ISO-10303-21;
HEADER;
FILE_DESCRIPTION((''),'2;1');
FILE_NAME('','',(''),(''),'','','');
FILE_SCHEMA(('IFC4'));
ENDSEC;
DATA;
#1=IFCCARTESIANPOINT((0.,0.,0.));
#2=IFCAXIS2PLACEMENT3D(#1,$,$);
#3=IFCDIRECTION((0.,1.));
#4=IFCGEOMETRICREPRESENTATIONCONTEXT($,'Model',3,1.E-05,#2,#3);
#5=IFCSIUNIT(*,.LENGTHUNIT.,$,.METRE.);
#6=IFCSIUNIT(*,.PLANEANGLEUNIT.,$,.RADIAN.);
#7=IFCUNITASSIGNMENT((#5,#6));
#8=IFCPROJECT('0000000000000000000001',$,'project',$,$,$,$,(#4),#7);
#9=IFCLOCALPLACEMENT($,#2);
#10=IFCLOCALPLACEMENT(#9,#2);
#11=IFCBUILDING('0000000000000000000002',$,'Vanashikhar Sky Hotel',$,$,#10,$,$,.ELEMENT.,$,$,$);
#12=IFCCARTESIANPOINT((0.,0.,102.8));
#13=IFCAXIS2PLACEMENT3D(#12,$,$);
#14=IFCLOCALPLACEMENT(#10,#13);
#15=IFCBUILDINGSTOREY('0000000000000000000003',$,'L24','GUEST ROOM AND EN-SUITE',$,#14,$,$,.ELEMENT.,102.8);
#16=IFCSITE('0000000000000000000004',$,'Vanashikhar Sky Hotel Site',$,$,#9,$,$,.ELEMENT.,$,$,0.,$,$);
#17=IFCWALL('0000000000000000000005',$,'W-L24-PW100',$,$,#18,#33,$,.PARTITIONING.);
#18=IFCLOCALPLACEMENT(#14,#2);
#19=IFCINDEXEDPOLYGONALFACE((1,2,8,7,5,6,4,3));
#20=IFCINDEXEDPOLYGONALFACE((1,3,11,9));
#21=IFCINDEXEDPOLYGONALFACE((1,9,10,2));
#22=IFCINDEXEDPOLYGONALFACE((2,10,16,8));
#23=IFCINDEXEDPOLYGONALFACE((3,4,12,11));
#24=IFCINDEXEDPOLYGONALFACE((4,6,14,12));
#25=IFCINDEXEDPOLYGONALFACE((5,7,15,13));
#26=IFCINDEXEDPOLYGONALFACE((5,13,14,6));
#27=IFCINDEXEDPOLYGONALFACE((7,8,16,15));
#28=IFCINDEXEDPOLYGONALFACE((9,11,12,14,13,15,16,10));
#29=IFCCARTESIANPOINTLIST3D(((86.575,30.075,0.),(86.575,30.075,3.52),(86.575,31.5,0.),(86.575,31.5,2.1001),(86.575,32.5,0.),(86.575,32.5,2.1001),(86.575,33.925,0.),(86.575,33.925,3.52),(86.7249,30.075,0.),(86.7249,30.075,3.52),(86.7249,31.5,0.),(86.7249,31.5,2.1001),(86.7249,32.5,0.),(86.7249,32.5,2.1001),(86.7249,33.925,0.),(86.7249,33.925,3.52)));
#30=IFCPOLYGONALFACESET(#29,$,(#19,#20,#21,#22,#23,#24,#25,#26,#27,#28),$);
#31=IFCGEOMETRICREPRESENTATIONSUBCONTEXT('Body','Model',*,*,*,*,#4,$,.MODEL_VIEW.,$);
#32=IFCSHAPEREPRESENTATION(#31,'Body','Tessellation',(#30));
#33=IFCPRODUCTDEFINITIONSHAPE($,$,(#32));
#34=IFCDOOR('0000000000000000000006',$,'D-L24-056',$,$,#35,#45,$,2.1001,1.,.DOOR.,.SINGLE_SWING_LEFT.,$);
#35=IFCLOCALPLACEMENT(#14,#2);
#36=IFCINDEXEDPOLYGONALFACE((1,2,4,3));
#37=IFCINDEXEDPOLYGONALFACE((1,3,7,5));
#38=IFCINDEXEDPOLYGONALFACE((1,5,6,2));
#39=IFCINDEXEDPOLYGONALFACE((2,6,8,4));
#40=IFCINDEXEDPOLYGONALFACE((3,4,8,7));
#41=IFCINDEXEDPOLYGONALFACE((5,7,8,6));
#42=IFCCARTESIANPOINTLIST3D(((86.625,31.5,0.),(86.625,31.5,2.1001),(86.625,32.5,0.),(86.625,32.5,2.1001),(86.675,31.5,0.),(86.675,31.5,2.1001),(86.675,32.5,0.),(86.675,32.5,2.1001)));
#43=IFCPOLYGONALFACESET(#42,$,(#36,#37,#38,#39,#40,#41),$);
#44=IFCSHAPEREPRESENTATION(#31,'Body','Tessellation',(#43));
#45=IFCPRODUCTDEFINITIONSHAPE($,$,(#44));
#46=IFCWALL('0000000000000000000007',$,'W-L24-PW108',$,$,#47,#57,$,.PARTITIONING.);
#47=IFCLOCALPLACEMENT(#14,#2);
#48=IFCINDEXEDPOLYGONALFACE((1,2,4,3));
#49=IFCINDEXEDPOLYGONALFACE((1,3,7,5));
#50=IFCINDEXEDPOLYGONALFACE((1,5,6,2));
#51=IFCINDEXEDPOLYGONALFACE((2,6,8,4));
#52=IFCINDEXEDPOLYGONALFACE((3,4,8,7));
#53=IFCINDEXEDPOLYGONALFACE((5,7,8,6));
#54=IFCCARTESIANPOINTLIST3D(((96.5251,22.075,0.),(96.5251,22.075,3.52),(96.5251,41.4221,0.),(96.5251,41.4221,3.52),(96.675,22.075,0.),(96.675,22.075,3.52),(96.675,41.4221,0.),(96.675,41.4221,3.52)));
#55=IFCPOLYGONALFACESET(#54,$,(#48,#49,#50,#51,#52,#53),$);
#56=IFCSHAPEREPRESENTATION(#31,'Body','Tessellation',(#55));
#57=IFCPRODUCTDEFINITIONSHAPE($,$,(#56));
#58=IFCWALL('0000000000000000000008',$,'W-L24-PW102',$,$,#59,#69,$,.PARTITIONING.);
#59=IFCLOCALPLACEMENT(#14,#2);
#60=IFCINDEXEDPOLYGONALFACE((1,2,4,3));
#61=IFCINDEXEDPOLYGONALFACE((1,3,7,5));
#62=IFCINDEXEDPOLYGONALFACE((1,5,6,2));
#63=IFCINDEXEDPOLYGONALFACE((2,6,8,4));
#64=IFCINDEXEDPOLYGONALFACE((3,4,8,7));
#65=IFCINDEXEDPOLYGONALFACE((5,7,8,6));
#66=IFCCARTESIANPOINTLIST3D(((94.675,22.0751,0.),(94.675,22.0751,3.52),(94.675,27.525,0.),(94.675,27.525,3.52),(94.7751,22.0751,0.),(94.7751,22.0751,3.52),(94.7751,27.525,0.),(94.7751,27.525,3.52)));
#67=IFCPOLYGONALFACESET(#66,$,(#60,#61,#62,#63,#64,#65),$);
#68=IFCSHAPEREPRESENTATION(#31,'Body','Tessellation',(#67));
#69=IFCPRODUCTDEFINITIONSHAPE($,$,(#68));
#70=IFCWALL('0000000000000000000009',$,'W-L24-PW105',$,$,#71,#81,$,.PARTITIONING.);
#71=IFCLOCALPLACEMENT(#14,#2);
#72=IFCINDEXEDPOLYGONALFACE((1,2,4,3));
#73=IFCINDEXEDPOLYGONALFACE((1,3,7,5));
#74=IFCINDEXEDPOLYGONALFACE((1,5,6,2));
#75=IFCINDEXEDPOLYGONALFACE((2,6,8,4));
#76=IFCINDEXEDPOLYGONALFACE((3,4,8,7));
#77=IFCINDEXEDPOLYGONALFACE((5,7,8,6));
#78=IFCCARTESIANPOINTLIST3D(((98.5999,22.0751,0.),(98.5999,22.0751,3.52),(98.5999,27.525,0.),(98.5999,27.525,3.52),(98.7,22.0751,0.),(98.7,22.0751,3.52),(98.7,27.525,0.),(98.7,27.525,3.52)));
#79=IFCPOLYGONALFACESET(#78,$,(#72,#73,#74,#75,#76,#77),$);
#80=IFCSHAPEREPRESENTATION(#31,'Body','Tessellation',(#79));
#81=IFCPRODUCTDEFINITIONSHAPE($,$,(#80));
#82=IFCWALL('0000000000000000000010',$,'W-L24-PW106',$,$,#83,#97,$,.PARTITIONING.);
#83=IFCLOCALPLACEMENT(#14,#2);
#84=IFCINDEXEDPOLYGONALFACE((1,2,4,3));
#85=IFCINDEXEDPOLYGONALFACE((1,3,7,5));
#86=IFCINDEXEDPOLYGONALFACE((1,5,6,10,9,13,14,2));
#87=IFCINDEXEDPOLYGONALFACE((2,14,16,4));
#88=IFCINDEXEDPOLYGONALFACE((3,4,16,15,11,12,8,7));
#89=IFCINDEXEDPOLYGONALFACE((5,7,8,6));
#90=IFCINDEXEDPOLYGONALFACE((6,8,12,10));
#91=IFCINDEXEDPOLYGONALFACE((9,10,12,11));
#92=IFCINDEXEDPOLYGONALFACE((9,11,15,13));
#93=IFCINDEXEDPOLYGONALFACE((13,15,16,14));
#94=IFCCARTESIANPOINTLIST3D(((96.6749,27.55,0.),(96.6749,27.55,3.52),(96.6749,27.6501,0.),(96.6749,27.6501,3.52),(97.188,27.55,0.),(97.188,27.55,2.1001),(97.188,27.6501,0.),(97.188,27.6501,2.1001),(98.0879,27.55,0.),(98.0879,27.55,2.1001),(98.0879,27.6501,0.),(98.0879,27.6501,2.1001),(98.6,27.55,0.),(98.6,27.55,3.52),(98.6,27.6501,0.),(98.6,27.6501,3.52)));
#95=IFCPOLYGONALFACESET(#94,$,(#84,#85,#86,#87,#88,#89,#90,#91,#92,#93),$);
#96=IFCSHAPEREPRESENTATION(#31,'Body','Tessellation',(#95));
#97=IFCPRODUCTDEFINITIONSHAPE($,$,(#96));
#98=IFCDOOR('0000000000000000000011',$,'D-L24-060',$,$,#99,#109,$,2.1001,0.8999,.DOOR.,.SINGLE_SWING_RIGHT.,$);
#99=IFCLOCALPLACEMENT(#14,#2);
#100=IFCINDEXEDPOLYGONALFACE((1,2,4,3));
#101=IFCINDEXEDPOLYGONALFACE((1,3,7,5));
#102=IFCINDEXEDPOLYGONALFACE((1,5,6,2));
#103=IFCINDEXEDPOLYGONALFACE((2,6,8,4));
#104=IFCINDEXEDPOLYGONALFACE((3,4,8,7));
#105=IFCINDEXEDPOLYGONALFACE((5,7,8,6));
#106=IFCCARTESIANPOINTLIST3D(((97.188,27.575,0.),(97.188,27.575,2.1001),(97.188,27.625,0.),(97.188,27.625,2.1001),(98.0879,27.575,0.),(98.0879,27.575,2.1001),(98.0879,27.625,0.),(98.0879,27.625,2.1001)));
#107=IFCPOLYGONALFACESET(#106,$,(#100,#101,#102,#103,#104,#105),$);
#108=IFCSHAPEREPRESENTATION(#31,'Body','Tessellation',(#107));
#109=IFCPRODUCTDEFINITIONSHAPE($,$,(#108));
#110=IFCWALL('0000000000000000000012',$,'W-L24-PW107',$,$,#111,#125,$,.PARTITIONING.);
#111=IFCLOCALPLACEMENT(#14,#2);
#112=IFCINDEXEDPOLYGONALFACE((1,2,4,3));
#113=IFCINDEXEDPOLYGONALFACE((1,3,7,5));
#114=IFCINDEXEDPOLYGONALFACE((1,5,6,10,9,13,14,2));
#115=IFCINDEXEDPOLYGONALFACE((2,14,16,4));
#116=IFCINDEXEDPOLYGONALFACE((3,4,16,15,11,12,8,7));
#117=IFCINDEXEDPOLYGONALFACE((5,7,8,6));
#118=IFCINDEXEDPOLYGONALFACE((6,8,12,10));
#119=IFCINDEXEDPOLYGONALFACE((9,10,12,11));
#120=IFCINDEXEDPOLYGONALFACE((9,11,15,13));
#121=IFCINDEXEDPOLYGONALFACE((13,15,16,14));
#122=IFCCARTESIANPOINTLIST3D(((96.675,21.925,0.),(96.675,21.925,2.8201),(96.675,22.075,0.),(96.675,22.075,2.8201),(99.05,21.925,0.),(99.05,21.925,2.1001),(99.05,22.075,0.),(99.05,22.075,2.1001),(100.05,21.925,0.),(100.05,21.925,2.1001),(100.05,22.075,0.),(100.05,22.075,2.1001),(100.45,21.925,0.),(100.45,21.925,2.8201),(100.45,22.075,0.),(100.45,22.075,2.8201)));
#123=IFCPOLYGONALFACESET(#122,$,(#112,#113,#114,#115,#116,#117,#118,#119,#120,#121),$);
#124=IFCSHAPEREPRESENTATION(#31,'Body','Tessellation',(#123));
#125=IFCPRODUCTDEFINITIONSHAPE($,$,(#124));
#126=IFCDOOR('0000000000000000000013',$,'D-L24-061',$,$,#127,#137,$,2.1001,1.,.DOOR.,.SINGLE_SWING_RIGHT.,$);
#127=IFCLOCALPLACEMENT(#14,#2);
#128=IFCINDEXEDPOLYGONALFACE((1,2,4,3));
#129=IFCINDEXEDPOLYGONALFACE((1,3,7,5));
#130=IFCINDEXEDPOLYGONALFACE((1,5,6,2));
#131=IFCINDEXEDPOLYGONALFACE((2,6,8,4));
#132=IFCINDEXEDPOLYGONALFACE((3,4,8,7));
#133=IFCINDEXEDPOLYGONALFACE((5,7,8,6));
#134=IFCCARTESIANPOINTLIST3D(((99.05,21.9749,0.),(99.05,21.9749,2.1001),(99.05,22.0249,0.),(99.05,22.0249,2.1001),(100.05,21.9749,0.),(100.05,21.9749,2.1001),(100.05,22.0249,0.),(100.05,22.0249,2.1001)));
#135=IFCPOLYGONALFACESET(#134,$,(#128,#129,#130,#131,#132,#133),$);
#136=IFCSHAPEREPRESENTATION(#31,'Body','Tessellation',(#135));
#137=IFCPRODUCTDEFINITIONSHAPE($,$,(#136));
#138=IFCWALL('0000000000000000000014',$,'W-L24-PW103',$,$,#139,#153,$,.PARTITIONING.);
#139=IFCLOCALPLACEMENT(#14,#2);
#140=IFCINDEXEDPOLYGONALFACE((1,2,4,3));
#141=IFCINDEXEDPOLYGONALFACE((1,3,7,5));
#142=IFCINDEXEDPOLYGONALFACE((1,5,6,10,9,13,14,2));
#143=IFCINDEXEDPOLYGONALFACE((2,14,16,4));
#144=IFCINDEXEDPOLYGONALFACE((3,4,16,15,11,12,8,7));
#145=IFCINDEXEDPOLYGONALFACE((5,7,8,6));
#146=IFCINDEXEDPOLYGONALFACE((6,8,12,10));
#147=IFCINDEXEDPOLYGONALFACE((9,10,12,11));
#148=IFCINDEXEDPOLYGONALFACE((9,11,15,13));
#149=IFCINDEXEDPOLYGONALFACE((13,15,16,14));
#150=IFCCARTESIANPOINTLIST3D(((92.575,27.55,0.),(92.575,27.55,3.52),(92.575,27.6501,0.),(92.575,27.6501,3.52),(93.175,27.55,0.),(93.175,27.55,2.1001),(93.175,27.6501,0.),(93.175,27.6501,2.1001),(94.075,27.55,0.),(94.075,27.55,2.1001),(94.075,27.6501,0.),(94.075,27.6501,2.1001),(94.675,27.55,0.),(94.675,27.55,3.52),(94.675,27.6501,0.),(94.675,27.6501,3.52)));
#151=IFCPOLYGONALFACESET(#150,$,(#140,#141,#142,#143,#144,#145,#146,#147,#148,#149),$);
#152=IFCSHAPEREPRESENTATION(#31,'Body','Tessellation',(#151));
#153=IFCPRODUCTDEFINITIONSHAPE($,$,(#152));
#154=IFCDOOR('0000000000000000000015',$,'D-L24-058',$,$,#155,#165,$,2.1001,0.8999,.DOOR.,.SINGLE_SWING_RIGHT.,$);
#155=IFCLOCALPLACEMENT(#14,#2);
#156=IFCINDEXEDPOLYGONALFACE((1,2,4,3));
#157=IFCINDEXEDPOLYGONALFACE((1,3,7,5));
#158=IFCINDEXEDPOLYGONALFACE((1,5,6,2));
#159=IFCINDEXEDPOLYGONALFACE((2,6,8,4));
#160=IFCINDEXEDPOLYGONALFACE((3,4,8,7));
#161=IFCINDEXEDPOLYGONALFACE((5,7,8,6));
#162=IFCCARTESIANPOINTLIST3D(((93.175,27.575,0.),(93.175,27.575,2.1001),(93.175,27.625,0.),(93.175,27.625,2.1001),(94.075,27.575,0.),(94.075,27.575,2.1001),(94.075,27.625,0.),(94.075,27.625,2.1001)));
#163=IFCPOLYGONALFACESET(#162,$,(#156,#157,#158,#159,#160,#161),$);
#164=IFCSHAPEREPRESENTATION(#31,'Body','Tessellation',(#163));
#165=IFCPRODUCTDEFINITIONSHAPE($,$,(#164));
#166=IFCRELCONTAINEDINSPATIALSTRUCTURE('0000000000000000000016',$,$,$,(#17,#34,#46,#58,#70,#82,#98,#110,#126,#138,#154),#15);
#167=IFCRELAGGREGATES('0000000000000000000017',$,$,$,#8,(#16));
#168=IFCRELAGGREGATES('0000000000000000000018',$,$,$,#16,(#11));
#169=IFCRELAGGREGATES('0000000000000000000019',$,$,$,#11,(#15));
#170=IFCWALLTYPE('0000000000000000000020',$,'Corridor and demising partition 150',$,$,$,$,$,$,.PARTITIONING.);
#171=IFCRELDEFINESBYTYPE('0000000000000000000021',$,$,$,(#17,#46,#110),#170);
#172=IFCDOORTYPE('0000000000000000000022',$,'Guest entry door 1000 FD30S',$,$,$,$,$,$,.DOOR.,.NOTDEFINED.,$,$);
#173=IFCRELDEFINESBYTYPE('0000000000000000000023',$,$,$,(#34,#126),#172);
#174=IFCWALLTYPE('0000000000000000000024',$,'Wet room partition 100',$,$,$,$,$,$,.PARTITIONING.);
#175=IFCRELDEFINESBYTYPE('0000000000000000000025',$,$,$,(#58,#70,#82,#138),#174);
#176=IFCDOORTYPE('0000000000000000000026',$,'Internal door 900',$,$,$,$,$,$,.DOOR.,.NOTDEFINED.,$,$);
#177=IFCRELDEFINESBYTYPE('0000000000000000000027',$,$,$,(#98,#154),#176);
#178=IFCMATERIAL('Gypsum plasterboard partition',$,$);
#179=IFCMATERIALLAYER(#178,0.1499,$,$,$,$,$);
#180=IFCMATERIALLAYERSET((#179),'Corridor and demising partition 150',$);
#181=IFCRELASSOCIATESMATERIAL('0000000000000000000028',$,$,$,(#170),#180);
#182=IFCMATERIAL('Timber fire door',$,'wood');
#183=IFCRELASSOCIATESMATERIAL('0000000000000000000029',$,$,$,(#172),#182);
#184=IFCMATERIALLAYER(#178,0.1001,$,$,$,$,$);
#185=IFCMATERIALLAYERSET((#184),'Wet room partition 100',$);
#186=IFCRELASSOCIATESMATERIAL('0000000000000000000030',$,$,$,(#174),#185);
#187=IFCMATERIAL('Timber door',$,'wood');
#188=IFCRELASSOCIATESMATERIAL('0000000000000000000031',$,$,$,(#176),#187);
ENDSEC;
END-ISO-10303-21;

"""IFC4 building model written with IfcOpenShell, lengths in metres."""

from ifc_helpers import new_model, si_unit, direction, frame, frame_2d, origin, place, context, subcontext, project, spatial, rectangle, extrude, source, transform, mapped, material, layer, layer_set, type_object, element, fill, save


model = new_model("IFC4")

# Units and contexts
model_context = context("Model", 3, precision=1e-05, world=origin(), true_north=direction((0.0, 1.0)))
body_context = subcontext(model_context, "Body", "Model", "MODEL_VIEW")
ifc_project = project(units=[si_unit("LENGTHUNIT", "METRE"), si_unit("PLANEANGLEUNIT", "RADIAN")], contexts=[model_context])

# Site, building, storey
site_placement = place(None, origin())
site = spatial("IfcSite", under=ifc_project, at=site_placement, Name="Vanashikhar Sky Hotel Site", CompositionType="ELEMENT", RefElevation=0.0)
building_placement = place(site_placement, origin())
building = spatial("IfcBuilding", under=site, at=building_placement, Name="Vanashikhar Sky Hotel", CompositionType="ELEMENT")
storey_placement = place(building_placement, frame((0.0, 0.0, 102.8)))
storey = spatial("IfcBuildingStorey", under=building, at=storey_placement, Name="L24", Description="GUEST ROOM AND EN-SUITE", CompositionType="ELEMENT", Elevation=102.8)

# Wall, opening, door
ifc_material_1 = material(Name="Gypsum plasterboard partition")
ifc_layer_1 = layer(ifc_material_1, 0.1499)
ifc_layer_set_1 = layer_set([ifc_layer_1], Name="Corridor and demising partition 150")
wall_type_1 = type_object("IfcWallType", Name="Corridor and demising partition 150", PredefinedType="PARTITIONING", material=ifc_layer_set_1)
shared_shape_1 = source(origin(), body_context, "Body", "SweptSolid", [
    extrude(rectangle(XDim=1.0, YDim=2.1001, at=frame_2d((0.5, 1.05))), frame((0.0, 0.085, 0.0), z_axis=(0.0, -1.0, 0.0), x_axis=(1.0, 0.0, 0.0)), (0.0, 0.0, 1.0), 0.1699),
])
ifc_material_2 = material(Name="Timber fire door", Category="wood")
door_type_1 = type_object("IfcDoorType", Name="Guest entry door 1000 FD30S", OperationType="NOTDEFINED", PredefinedType="DOOR", material=ifc_material_2)
shared_shape_2 = source(origin(), body_context, "Body", "SweptSolid", [
    extrude(rectangle(XDim=1.0, YDim=2.1001, at=frame_2d((0.5, 1.05))), frame((0.0, 0.0249, 0.0), z_axis=(0.0, -1.0, 0.0), x_axis=(1.0, 0.0, 0.0)), (0.0, 0.0, 1.0), 0.05),
])
shared_shape_3 = source(origin(), body_context, "Body", "SweptSolid", [
    extrude(rectangle(XDim=3.8501, YDim=0.1499, at=frame_2d((1.925, 0.0))), origin(), (0.0, 0.0, 1.0), 3.52),
])
wall_1_placement = place(storey_placement, frame((86.6499, 30.075, 0.0), z_axis=(0.0, 0.0, 1.0), x_axis=(0.0, 1.0, 0.0)))
wall_1 = element("IfcWall", 1, at=wall_1_placement, inside=storey, type_object=wall_type_1, Name="W-L24-PW100", PredefinedType="PARTITIONING", context=body_context, shape_type="MappedRepresentation", body=[
    mapped(shared_shape_3, transform((0.0, 0.0, 0.0), scale=1.0)),
])
opening_1_placement = place(wall_1_placement, frame((1.425, 0.0, 0.0)))
opening_1 = element("IfcOpeningElement", 2, at=opening_1_placement, cuts=wall_1, PredefinedType="OPENING", context=body_context, shape_type="MappedRepresentation", body=[
    mapped(shared_shape_1, transform((0.0, 0.0, 0.0), scale=1.0)),
])
door_1_placement = place(opening_1_placement, origin())
door_1 = element("IfcDoor", 3, at=door_1_placement, inside=storey, type_object=door_type_1, Name="D-L24-056", OperationType="SINGLE_SWING_LEFT", OverallHeight=2.1001, OverallWidth=1.0, PredefinedType="DOOR", context=body_context, shape_type="MappedRepresentation", body=[
    mapped(shared_shape_2, transform((0.0, 0.0, 0.0), scale=1.0)),
])
fill(opening_1, door_1)

# Walls
shared_shape_4 = source(origin(), body_context, "Body", "SweptSolid", [
    extrude(rectangle(XDim=19.3472, YDim=0.1499, at=frame_2d((9.6736, 0.0))), origin(), (0.0, 0.0, 1.0), 3.52),
])
wall_2_placement = place(storey_placement, frame((96.6001, 22.075, 0.0), z_axis=(0.0, 0.0, 1.0), x_axis=(0.0, 1.0, 0.0)))
element("IfcWall", 4, at=wall_2_placement, inside=storey, type_object=wall_type_1, Name="W-L24-PW108", PredefinedType="PARTITIONING", context=body_context, shape_type="MappedRepresentation", body=[
    mapped(shared_shape_4, transform((0.0, 0.0, 0.0), scale=1.0)),
])
ifc_layer_2 = layer(ifc_material_1, 0.1001)
ifc_layer_set_2 = layer_set([ifc_layer_2], Name="Wet room partition 100")
wall_type_2 = type_object("IfcWallType", Name="Wet room partition 100", PredefinedType="PARTITIONING", material=ifc_layer_set_2)
shared_shape_5 = source(origin(), body_context, "Body", "SweptSolid", [
    extrude(rectangle(XDim=5.45, YDim=0.1001, at=frame_2d((2.7251, 0.0))), origin(), (0.0, 0.0, 1.0), 3.52),
])
for number, where, z_axis, x_axis, name in (
    (5, (94.7251, 22.075, 0.0), (0.0, 0.0, 1.0), (0.0, 1.0, 0.0), "W-L24-PW102"),
    (6, (98.6499, 22.075, 0.0), (0.0, 0.0, 1.0), (0.0, 1.0, 0.0), "W-L24-PW105"),
):
    element("IfcWall", number, at=place(storey_placement, frame(where, z_axis=z_axis, x_axis=x_axis)), inside=storey, type_object=wall_type_2, Name=name, PredefinedType="PARTITIONING", context=body_context, shape_type="MappedRepresentation", body=[
        mapped(shared_shape_5, transform((0.0, 0.0, 0.0), scale=1.0)),
    ])

# Walls, openings, doors
shared_shape_6 = source(origin(), body_context, "Body", "SweptSolid", [
    extrude(rectangle(XDim=1.925, YDim=0.1001, at=frame_2d((0.9624, 0.0))), origin(), (0.0, 0.0, 1.0), 3.52),
])
wall_3_placement = place(storey_placement, frame((96.675, 27.6001, 0.0), z_axis=(0.0, 0.0, 1.0), x_axis=(1.0, 0.0, 0.0)))
wall_3 = element("IfcWall", 7, at=wall_3_placement, inside=storey, type_object=wall_type_2, Name="W-L24-PW106", PredefinedType="PARTITIONING", context=body_context, shape_type="MappedRepresentation", body=[
    mapped(shared_shape_6, transform((0.0, 0.0, 0.0), scale=1.0)),
])
shared_shape_7 = source(origin(), body_context, "Body", "SweptSolid", [
    extrude(rectangle(XDim=0.8999, YDim=2.1001, at=frame_2d((0.45, 1.05))), frame((0.0, 0.0601, 0.0), z_axis=(0.0, -1.0, 0.0), x_axis=(1.0, 0.0, 0.0)), (0.0, 0.0, 1.0), 0.1201),
])
opening_2_placement = place(wall_3_placement, frame((0.5129, 0.0, 0.0)))
opening_2 = element("IfcOpeningElement", 8, at=opening_2_placement, cuts=wall_3, PredefinedType="OPENING", context=body_context, shape_type="MappedRepresentation", body=[
    mapped(shared_shape_7, transform((0.0, 0.0, 0.0), scale=1.0)),
])
ifc_material_3 = material(Name="Timber door", Category="wood")
door_type_2 = type_object("IfcDoorType", Name="Internal door 900", OperationType="NOTDEFINED", PredefinedType="DOOR", material=ifc_material_3)
shared_shape_8 = source(origin(), body_context, "Body", "SweptSolid", [
    extrude(rectangle(XDim=0.8999, YDim=2.1001, at=frame_2d((0.45, 1.05))), frame((0.0, 0.0249, 0.0), z_axis=(0.0, -1.0, 0.0), x_axis=(1.0, 0.0, 0.0)), (0.0, 0.0, 1.0), 0.05),
])
door_2_placement = place(opening_2_placement, origin())
door_2 = element("IfcDoor", 9, at=door_2_placement, inside=storey, type_object=door_type_2, Name="D-L24-060", OperationType="SINGLE_SWING_RIGHT", OverallHeight=2.1001, OverallWidth=0.8999, PredefinedType="DOOR", context=body_context, shape_type="MappedRepresentation", body=[
    mapped(shared_shape_8, transform((0.0, 0.0, 0.0), scale=1.0)),
])
fill(opening_2, door_2)
shared_shape_9 = source(origin(), body_context, "Body", "SweptSolid", [
    extrude(rectangle(XDim=3.7749, YDim=0.1499, at=frame_2d((1.8875, 0.0))), origin(), (0.0, 0.0, 1.0), 2.8201),
])
wall_4_placement = place(storey_placement, frame((96.675, 22.0, 0.0), z_axis=(0.0, 0.0, 1.0), x_axis=(1.0, 0.0, 0.0)))
wall_4 = element("IfcWall", 10, at=wall_4_placement, inside=storey, type_object=wall_type_1, Name="W-L24-PW107", PredefinedType="PARTITIONING", context=body_context, shape_type="MappedRepresentation", body=[
    mapped(shared_shape_9, transform((0.0, 0.0, 0.0), scale=1.0)),
])
opening_3_placement = place(wall_4_placement, frame((2.375, 0.0, 0.0)))
opening_3 = element("IfcOpeningElement", 11, at=opening_3_placement, cuts=wall_4, PredefinedType="OPENING", context=body_context, shape_type="MappedRepresentation", body=[
    mapped(shared_shape_1, transform((0.0, 0.0, 0.0), scale=1.0)),
])
door_3_placement = place(opening_3_placement, origin())
door_3 = element("IfcDoor", 12, at=door_3_placement, inside=storey, type_object=door_type_1, Name="D-L24-061", OperationType="SINGLE_SWING_RIGHT", OverallHeight=2.1001, OverallWidth=1.0, PredefinedType="DOOR", context=body_context, shape_type="MappedRepresentation", body=[
    mapped(shared_shape_2, transform((0.0, 0.0, 0.0), scale=1.0)),
])
fill(opening_3, door_3)
shared_shape_10 = source(origin(), body_context, "Body", "SweptSolid", [
    extrude(rectangle(XDim=2.1001, YDim=0.1001, at=frame_2d((1.05, 0.0))), origin(), (0.0, 0.0, 1.0), 3.52),
])
wall_5_placement = place(storey_placement, frame((92.575, 27.6001, 0.0), z_axis=(0.0, 0.0, 1.0), x_axis=(1.0, 0.0, 0.0)))
wall_5 = element("IfcWall", 13, at=wall_5_placement, inside=storey, type_object=wall_type_2, Name="W-L24-PW103", PredefinedType="PARTITIONING", context=body_context, shape_type="MappedRepresentation", body=[
    mapped(shared_shape_10, transform((0.0, 0.0, 0.0), scale=1.0)),
])
opening_4_placement = place(wall_5_placement, frame((0.6001, 0.0, 0.0)))
opening_4 = element("IfcOpeningElement", 14, at=opening_4_placement, cuts=wall_5, PredefinedType="OPENING", context=body_context, shape_type="MappedRepresentation", body=[
    mapped(shared_shape_7, transform((0.0, 0.0, 0.0), scale=1.0)),
])
door_4_placement = place(opening_4_placement, origin())
door_4 = element("IfcDoor", 15, at=door_4_placement, inside=storey, type_object=door_type_2, Name="D-L24-058", OperationType="SINGLE_SWING_RIGHT", OverallHeight=2.1001, OverallWidth=0.8999, PredefinedType="DOOR", context=body_context, shape_type="MappedRepresentation", body=[
    mapped(shared_shape_8, transform((0.0, 0.0, 0.0), scale=1.0)),
])
fill(opening_4, door_4)

save(model, "model.ifc")
